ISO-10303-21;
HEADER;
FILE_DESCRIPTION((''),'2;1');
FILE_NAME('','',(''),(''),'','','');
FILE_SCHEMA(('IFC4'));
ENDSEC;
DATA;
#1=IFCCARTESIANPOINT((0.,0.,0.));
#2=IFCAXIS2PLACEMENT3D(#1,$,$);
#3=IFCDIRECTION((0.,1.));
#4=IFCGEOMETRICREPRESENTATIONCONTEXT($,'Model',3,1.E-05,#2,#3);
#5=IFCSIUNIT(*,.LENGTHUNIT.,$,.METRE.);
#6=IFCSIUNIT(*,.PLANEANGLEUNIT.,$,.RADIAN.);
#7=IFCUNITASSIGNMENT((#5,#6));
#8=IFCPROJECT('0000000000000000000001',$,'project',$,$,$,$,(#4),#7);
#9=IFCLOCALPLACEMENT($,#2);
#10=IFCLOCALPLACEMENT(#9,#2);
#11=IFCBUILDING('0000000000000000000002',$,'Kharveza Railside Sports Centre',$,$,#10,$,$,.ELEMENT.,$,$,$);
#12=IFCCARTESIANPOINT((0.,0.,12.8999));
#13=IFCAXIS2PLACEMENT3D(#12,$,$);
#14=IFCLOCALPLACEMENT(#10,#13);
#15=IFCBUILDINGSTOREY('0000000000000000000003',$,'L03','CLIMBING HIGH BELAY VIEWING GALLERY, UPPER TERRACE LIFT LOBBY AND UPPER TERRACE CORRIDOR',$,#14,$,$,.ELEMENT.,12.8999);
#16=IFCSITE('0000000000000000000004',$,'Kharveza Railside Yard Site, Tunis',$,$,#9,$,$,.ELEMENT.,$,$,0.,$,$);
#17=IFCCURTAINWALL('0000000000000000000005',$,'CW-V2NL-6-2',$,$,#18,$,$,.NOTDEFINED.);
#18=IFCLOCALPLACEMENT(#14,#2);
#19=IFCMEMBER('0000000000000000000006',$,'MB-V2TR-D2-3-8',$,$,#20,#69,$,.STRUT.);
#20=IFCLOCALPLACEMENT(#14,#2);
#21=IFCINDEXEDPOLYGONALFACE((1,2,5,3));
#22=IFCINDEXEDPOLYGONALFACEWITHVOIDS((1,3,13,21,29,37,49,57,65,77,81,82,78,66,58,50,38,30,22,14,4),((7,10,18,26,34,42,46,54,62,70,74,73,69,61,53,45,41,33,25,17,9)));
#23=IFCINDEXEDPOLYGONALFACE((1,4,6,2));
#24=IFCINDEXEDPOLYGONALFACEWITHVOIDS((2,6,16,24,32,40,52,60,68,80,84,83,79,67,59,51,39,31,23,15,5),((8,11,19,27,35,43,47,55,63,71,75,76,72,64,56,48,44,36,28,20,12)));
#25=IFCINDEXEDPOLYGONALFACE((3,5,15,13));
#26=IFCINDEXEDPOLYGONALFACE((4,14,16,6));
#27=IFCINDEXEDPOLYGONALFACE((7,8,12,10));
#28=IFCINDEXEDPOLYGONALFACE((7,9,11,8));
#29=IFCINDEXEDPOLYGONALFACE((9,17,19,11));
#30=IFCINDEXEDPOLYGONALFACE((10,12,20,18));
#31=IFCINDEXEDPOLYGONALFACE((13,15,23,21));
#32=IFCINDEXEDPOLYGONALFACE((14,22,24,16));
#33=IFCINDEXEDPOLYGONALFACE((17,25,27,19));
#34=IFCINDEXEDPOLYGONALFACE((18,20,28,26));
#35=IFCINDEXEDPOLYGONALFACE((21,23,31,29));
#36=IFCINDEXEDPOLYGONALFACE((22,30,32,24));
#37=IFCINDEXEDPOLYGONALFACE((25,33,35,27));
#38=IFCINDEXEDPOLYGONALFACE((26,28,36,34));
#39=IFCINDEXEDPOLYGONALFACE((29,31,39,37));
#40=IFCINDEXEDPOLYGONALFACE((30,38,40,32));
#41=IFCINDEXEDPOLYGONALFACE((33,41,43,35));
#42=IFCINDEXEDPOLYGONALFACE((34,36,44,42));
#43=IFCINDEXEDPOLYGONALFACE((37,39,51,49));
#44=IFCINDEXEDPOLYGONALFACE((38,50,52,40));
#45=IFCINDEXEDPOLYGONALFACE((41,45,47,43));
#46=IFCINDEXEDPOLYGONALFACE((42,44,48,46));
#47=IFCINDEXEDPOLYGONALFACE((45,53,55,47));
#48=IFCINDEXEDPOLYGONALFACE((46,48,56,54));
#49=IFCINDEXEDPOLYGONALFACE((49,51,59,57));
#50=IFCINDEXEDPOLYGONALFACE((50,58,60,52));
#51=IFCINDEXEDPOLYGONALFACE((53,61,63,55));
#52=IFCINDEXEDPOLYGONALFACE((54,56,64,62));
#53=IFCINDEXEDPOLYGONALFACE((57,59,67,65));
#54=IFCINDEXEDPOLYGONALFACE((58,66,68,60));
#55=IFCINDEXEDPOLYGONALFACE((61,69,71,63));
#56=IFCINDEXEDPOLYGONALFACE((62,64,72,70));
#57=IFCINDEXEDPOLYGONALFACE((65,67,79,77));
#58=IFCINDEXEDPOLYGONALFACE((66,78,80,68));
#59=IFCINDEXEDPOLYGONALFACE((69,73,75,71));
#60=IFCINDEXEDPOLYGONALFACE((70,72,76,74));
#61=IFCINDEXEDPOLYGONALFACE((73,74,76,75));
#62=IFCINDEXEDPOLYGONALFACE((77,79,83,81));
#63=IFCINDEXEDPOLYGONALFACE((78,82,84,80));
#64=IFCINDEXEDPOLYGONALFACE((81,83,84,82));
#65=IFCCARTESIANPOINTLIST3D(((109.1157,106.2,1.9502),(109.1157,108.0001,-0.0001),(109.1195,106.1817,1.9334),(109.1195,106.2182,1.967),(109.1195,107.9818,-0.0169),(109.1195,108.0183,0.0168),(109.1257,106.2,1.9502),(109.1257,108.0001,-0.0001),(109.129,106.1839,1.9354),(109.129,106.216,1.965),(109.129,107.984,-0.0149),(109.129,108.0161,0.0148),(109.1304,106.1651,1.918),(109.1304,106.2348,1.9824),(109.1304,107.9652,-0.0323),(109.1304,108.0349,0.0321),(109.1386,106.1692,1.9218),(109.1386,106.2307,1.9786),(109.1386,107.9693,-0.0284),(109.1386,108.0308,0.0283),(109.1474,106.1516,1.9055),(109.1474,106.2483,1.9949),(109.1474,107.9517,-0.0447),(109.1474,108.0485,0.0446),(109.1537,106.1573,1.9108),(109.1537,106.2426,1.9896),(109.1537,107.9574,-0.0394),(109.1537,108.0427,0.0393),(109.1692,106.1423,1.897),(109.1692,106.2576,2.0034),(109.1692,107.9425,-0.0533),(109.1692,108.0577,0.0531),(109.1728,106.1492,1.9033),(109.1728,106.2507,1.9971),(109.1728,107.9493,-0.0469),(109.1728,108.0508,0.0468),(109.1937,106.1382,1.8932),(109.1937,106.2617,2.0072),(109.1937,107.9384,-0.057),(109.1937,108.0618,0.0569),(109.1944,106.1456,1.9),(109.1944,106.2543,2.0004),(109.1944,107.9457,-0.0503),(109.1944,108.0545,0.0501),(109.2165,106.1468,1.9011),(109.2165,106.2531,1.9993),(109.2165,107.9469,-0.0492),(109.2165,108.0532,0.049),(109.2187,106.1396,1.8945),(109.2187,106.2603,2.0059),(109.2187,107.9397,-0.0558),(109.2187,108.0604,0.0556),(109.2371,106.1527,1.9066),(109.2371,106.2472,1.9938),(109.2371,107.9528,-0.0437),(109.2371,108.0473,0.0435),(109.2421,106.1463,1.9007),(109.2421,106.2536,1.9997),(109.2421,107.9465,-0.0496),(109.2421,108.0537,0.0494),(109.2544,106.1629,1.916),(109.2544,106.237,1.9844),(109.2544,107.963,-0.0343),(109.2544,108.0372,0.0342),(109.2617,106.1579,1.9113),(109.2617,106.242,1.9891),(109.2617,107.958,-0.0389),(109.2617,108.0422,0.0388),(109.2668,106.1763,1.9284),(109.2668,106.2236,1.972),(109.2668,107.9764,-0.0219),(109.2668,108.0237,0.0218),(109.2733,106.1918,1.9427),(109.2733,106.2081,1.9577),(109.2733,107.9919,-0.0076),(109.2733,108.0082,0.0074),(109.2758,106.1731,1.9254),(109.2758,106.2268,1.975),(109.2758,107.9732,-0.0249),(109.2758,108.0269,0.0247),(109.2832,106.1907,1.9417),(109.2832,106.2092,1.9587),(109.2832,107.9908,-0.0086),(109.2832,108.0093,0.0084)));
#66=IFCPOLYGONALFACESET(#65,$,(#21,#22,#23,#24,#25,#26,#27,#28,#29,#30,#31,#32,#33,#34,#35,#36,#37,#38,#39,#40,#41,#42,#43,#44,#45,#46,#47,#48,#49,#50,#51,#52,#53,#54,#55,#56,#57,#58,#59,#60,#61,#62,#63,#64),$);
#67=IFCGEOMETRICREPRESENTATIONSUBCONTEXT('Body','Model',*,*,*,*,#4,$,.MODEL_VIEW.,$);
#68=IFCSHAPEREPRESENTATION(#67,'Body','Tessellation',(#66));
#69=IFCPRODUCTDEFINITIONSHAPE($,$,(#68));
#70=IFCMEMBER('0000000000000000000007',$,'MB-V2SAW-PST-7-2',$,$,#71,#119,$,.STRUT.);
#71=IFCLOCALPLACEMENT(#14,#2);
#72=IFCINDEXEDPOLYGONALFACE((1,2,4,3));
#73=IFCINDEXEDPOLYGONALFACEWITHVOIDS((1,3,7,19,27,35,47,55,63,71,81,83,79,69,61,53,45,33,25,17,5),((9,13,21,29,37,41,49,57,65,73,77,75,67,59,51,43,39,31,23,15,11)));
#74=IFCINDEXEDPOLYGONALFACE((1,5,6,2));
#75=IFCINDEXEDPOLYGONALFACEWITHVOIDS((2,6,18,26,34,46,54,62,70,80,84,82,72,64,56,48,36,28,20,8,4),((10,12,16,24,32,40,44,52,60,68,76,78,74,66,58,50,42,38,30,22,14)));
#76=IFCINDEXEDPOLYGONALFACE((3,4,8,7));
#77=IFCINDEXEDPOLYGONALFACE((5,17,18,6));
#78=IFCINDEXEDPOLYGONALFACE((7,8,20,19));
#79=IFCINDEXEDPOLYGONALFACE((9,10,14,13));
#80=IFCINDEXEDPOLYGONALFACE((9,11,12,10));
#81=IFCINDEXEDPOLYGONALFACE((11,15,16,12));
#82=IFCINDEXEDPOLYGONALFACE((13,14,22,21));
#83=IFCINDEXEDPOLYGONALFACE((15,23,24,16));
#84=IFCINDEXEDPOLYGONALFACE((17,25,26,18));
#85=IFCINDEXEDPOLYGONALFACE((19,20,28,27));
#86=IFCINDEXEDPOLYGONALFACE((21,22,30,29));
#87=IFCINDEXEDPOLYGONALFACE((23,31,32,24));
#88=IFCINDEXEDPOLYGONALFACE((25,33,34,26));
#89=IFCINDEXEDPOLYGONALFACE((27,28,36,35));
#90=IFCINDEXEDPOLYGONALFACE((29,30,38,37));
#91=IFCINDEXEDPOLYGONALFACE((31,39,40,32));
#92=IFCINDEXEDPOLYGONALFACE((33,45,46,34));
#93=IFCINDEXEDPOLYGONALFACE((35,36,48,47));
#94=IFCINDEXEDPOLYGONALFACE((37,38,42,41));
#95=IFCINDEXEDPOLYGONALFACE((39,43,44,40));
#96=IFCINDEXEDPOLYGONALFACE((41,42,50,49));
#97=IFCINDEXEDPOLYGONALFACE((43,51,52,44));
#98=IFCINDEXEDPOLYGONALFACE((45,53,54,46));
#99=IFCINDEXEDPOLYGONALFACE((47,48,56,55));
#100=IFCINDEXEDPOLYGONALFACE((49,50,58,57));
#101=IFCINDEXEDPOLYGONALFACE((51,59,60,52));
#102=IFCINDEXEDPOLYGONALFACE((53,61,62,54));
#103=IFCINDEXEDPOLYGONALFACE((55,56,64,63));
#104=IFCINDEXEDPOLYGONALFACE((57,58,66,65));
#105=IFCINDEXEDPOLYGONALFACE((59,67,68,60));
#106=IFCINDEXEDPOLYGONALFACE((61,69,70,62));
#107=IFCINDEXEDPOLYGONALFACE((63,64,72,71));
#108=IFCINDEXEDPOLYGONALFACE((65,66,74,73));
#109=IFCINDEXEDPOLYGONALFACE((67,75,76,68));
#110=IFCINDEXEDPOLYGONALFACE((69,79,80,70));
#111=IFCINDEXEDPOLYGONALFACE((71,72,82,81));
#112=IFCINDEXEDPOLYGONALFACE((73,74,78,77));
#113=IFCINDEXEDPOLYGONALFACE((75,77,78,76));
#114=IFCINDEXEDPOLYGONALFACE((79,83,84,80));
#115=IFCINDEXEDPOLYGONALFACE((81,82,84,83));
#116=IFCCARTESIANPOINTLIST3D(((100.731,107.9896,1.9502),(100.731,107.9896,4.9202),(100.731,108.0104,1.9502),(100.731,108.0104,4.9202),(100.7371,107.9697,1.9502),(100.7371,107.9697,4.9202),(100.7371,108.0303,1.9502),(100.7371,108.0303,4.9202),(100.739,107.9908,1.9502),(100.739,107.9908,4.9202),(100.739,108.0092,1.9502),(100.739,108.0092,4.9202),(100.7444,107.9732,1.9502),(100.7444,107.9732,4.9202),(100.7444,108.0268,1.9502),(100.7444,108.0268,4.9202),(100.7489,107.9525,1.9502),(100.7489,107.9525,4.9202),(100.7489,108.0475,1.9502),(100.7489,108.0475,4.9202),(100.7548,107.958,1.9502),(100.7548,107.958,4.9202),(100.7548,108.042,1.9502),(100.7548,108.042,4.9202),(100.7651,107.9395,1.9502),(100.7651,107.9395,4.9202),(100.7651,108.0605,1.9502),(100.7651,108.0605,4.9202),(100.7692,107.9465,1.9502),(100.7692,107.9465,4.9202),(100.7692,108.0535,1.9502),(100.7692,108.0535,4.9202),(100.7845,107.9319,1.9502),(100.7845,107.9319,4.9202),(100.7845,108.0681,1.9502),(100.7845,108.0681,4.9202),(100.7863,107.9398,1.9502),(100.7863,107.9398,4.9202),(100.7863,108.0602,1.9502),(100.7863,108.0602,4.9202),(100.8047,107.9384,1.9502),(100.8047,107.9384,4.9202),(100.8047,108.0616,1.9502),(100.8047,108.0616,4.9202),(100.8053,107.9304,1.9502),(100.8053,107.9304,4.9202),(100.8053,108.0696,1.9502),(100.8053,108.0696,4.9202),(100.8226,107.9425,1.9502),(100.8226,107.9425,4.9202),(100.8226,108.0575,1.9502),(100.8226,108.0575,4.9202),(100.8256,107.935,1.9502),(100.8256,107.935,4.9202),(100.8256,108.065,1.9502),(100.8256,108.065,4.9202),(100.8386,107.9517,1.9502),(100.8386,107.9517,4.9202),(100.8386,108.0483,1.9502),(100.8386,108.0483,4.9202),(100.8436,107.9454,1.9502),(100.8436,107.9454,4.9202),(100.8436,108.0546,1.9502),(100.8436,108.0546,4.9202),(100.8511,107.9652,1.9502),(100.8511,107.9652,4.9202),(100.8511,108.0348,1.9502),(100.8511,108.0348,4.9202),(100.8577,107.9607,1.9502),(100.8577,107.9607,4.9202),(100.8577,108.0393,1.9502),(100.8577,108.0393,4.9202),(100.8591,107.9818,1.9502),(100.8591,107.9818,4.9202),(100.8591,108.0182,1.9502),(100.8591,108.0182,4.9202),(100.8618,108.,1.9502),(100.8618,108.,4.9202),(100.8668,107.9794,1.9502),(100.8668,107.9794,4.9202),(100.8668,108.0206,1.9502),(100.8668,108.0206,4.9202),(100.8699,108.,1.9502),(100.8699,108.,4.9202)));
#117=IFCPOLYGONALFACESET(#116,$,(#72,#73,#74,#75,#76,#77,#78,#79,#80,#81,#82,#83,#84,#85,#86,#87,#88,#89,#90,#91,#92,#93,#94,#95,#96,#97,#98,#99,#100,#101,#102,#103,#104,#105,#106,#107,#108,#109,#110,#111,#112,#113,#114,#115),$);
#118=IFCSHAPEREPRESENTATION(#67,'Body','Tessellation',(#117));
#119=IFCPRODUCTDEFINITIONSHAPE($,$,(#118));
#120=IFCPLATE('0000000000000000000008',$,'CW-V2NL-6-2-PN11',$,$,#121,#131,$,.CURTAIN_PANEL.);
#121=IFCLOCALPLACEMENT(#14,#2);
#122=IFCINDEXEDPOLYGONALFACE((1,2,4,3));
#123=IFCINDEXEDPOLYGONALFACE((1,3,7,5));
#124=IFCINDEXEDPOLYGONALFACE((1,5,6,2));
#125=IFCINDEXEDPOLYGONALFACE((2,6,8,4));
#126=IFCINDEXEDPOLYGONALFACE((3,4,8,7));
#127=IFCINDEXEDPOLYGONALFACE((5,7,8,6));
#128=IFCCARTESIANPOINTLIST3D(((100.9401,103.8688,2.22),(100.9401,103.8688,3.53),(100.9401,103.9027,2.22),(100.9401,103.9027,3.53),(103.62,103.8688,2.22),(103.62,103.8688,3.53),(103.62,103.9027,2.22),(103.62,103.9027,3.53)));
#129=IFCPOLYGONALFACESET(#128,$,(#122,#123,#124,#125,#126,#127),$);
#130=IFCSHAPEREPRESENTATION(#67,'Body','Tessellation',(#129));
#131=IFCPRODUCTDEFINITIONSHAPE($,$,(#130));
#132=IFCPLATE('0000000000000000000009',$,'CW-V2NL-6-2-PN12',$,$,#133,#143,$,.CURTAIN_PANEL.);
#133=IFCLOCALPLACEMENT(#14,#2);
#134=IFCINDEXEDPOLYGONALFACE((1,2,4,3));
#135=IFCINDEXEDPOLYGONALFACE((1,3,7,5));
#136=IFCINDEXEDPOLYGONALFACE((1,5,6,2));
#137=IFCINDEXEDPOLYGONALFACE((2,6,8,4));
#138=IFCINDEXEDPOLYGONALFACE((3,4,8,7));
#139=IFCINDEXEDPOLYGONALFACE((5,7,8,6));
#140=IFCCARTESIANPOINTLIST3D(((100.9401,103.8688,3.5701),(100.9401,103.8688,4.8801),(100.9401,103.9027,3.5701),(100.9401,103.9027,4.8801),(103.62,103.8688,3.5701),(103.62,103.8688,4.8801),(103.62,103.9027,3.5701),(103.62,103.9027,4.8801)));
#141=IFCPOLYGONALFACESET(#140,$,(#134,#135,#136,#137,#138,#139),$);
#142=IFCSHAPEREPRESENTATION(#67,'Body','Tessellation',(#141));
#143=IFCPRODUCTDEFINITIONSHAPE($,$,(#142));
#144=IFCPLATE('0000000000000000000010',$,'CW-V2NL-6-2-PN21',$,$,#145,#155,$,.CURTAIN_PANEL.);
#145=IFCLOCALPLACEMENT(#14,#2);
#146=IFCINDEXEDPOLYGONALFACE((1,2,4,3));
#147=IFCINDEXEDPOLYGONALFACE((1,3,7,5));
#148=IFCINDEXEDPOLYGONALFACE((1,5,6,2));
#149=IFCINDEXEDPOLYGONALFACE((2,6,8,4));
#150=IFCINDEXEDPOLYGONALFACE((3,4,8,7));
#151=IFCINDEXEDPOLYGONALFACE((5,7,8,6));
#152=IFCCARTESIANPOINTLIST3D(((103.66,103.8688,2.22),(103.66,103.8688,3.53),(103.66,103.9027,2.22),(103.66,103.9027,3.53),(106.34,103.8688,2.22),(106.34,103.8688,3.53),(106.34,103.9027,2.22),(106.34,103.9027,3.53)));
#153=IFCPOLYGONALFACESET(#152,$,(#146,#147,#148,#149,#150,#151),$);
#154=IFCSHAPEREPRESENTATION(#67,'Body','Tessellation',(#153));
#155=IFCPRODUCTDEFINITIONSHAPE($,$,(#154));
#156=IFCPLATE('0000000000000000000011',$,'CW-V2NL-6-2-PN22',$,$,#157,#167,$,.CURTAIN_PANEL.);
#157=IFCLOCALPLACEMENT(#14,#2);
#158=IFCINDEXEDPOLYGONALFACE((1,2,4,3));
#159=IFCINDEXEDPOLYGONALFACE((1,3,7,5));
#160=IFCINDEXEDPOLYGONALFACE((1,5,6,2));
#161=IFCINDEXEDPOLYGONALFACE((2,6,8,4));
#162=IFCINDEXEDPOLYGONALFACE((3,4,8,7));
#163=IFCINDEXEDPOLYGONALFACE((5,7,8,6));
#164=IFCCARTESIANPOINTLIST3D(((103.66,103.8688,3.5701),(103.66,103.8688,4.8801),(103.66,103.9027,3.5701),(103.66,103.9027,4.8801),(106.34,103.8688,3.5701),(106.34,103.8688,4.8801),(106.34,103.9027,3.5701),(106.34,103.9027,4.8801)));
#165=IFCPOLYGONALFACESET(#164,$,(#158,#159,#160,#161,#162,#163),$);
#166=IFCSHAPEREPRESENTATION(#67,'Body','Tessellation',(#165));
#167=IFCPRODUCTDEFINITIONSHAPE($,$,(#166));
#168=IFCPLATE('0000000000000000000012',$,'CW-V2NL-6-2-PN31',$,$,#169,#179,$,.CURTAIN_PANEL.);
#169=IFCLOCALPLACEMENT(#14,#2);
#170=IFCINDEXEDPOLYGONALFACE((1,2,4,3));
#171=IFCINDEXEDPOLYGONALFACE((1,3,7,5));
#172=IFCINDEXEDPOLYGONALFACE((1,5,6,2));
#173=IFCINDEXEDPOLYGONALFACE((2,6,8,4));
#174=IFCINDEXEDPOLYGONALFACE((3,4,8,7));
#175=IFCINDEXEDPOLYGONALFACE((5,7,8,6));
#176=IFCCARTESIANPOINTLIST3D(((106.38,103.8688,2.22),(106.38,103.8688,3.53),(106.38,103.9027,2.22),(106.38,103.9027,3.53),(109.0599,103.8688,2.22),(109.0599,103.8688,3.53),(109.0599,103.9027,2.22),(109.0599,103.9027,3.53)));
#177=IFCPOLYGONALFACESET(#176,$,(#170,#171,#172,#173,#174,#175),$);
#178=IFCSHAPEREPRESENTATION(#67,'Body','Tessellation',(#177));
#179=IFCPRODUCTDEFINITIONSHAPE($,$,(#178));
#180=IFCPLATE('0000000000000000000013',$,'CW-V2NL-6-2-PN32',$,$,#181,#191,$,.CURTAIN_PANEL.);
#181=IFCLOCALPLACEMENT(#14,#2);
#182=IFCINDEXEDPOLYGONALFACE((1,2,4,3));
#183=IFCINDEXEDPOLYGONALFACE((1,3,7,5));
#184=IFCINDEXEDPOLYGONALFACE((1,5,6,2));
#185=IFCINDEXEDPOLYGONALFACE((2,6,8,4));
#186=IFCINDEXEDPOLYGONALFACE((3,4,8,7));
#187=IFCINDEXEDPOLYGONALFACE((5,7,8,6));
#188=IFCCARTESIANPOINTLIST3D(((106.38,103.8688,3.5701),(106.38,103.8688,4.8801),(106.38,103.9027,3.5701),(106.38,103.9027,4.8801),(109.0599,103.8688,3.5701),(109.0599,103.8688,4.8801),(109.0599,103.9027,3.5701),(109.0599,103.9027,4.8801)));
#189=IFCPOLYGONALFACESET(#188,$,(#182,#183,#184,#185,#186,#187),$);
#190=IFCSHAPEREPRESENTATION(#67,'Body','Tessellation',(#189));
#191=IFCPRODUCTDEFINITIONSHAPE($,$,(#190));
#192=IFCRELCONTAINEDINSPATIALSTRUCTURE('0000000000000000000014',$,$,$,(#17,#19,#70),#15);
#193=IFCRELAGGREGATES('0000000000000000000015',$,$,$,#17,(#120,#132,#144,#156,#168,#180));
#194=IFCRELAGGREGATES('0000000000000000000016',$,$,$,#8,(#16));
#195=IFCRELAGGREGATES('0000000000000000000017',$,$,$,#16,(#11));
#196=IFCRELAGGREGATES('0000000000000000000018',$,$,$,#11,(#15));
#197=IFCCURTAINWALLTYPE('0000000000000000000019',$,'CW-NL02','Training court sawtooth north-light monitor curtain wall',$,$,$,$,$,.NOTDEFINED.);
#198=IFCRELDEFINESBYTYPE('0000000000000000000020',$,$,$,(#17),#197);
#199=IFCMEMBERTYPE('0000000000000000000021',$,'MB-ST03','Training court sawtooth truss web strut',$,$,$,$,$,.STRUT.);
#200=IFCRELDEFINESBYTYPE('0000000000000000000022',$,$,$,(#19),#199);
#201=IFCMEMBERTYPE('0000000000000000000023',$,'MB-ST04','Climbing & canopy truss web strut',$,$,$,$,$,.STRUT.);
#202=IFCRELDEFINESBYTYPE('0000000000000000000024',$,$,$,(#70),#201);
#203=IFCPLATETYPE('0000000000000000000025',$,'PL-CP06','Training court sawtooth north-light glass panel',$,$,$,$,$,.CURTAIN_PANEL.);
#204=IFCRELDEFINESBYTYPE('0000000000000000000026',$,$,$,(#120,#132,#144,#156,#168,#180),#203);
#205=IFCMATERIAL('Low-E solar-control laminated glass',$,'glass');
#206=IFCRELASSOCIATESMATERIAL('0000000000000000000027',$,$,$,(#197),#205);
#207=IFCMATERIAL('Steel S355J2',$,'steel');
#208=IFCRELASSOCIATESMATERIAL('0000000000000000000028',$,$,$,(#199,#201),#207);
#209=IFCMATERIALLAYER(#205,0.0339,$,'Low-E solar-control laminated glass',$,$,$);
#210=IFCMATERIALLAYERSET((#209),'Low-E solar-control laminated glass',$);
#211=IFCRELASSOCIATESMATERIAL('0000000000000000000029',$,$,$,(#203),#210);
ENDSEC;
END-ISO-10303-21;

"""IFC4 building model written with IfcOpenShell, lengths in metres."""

from ifc_helpers import new_model, si_unit, direction, frame, origin, origin_2d, place, context, subcontext, project, spatial, rectangle, hollow_circle, extrude, material, layer, layer_set, material_profile, profile_set, type_object, element, aggregate, save


model = new_model("IFC4")

# Units and contexts
model_context = context("Model", 3, precision=1e-05, world=origin(), true_north=direction((0.0, 1.0)))
body_context = subcontext(model_context, "Body", "Model", "MODEL_VIEW")
ifc_project = project(units=[si_unit("LENGTHUNIT", "METRE"), si_unit("PLANEANGLEUNIT", "RADIAN")], contexts=[model_context])

# Site, building, storey
site_placement = place(None, origin())
site = spatial("IfcSite", under=ifc_project, at=site_placement, Name="Kharveza Railside Yard Site, Tunis", CompositionType="ELEMENT", RefElevation=0.0)
building_placement = place(site_placement, origin())
building = spatial("IfcBuilding", under=site, at=building_placement, Name="Kharveza Railside Sports Centre", CompositionType="ELEMENT")
storey_placement = place(building_placement, frame((0.0, 0.0, 12.8999)))
storey = spatial("IfcBuildingStorey", under=building, at=storey_placement, Name="L03", Description="CLIMBING HIGH BELAY VIEWING GALLERY, UPPER TERRACE LIFT LOBBY AND UPPER TERRACE CORRIDOR", CompositionType="ELEMENT", Elevation=12.8999)

# Curtain wall
ifc_material_1 = material(Name="Low-E solar-control laminated glass", Category="glass")
curtain_wall_type = type_object("IfcCurtainWallType", Name="CW-NL02", Description="Training court sawtooth north-light monitor curtain wall", PredefinedType="NOTDEFINED", material=ifc_material_1)
curtain_wall_1_placement = place(storey_placement, origin())
curtain_wall_1 = element("IfcCurtainWall", 1, at=curtain_wall_1_placement, inside=storey, type_object=curtain_wall_type, Name="CW-V2NL-6-2", PredefinedType="NOTDEFINED")

# Members
ifc_material_2 = material(Name="Steel S355J2", Category="steel")
ifc_material_profile_1 = material_profile(ifc_material_2, hollow_circle(Radius=0.0842, WallThickness=0.01, at=origin_2d()), Name="CHS 168.3x10.0")
ifc_profile_set_1 = profile_set([ifc_material_profile_1], Name="Steel S355J2")
member_type_1 = type_object("IfcMemberType", Name="MB-ST03", Description="Training court sawtooth truss web strut", PredefinedType="STRUT", material=ifc_profile_set_1)
for number, where, z_axis, x_axis, name in (
    (2, (109.2, 106.2, 1.9502), (0.0, 0.678253, -0.734828), (-1.0, 0.0, 0.0), "MB-V2TR-D2-3-8"),
):
    element("IfcMember", number, at=place(storey_placement, frame(where, z_axis=z_axis, x_axis=x_axis)), inside=storey, type_object=member_type_1, Name=name, PredefinedType="STRUT", context=body_context, shape_type="SweptSolid", body=[
        extrude(hollow_circle(Radius=0.0842, WallThickness=0.01, at=origin_2d()), origin(), (0.0, 0.0, 1.0), 2.6541),
    ])
ifc_material_profile_2 = material_profile(ifc_material_2, hollow_circle(Radius=0.0698, WallThickness=0.0081, at=origin_2d()), Name="CHS 139.7x8.0")
ifc_profile_set_2 = profile_set([ifc_material_profile_2], Name="Steel S355J2")
member_type_2 = type_object("IfcMemberType", Name="MB-ST04", Description="Climbing & canopy truss web strut", PredefinedType="STRUT", material=ifc_profile_set_2)
member_1_placement = place(storey_placement, frame((100.8, 108.0, 1.9502), z_axis=(0.0, 0.0, 1.0), x_axis=(1.0, 0.0, 0.0)))
element("IfcMember", 3, at=member_1_placement, inside=storey, type_object=member_type_2, Name="MB-V2SAW-PST-7-2", PredefinedType="STRUT", context=body_context, shape_type="SweptSolid", body=[
    extrude(hollow_circle(Radius=0.0698, WallThickness=0.0081, at=origin_2d()), origin(), (0.0, 0.0, 1.0), 2.97),
])

# Plates
ifc_layer_1 = layer(ifc_material_1, 0.0339, Name="Low-E solar-control laminated glass")
ifc_layer_set_1 = layer_set([ifc_layer_1], Name="Low-E solar-control laminated glass")
plate_type_1 = type_object("IfcPlateType", Name="PL-CP06", Description="Training court sawtooth north-light glass panel", PredefinedType="CURTAIN_PANEL", material=ifc_layer_set_1)
plate_1_placement = place(storey_placement, frame((102.28, 103.8857, 2.22), z_axis=(0.0, 0.0, 1.0), x_axis=(1.0, 0.0, 0.0)))
plate_1 = element("IfcPlate", 4, at=plate_1_placement, type_object=plate_type_1, Name="CW-V2NL-6-2-PN11", PredefinedType="CURTAIN_PANEL", context=body_context, shape_type="SweptSolid", body=[
    extrude(rectangle(XDim=2.6799, YDim=0.0339, at=origin_2d()), origin(), (0.0, 0.0, 1.0), 1.3101),
])
plate_2_placement = place(storey_placement, frame((102.28, 103.8857, 3.5701), z_axis=(0.0, 0.0, 1.0), x_axis=(1.0, 0.0, 0.0)))
plate_2 = element("IfcPlate", 5, at=plate_2_placement, type_object=plate_type_1, Name="CW-V2NL-6-2-PN12", PredefinedType="CURTAIN_PANEL", context=body_context, shape_type="SweptSolid", body=[
    extrude(rectangle(XDim=2.6799, YDim=0.0339, at=origin_2d()), origin(), (0.0, 0.0, 1.0), 1.3101),
])
plate_3_placement = place(storey_placement, frame((105.0, 103.8857, 2.22), z_axis=(0.0, 0.0, 1.0), x_axis=(1.0, 0.0, 0.0)))
plate_3 = element("IfcPlate", 6, at=plate_3_placement, type_object=plate_type_1, Name="CW-V2NL-6-2-PN21", PredefinedType="CURTAIN_PANEL", context=body_context, shape_type="SweptSolid", body=[
    extrude(rectangle(XDim=2.6799, YDim=0.0339, at=origin_2d()), origin(), (0.0, 0.0, 1.0), 1.3101),
])
plate_4_placement = place(storey_placement, frame((105.0, 103.8857, 3.5701), z_axis=(0.0, 0.0, 1.0), x_axis=(1.0, 0.0, 0.0)))
plate_4 = element("IfcPlate", 7, at=plate_4_placement, type_object=plate_type_1, Name="CW-V2NL-6-2-PN22", PredefinedType="CURTAIN_PANEL", context=body_context, shape_type="SweptSolid", body=[
    extrude(rectangle(XDim=2.6799, YDim=0.0339, at=origin_2d()), origin(), (0.0, 0.0, 1.0), 1.3101),
])
plate_5_placement = place(storey_placement, frame((107.72, 103.8857, 2.22), z_axis=(0.0, 0.0, 1.0), x_axis=(1.0, 0.0, 0.0)))
plate_5 = element("IfcPlate", 8, at=plate_5_placement, type_object=plate_type_1, Name="CW-V2NL-6-2-PN31", PredefinedType="CURTAIN_PANEL", context=body_context, shape_type="SweptSolid", body=[
    extrude(rectangle(XDim=2.6799, YDim=0.0339, at=origin_2d()), origin(), (0.0, 0.0, 1.0), 1.3101),
])
plate_6_placement = place(storey_placement, frame((107.72, 103.8857, 3.5701), z_axis=(0.0, 0.0, 1.0), x_axis=(1.0, 0.0, 0.0)))
plate_6 = element("IfcPlate", 9, at=plate_6_placement, type_object=plate_type_1, Name="CW-V2NL-6-2-PN32", PredefinedType="CURTAIN_PANEL", context=body_context, shape_type="SweptSolid", body=[
    extrude(rectangle(XDim=2.6799, YDim=0.0339, at=origin_2d()), origin(), (0.0, 0.0, 1.0), 1.3101),
])
aggregate(curtain_wall_1, [plate_1, plate_2, plate_3, plate_4, plate_5, plate_6])

save(model, "model.ifc")
